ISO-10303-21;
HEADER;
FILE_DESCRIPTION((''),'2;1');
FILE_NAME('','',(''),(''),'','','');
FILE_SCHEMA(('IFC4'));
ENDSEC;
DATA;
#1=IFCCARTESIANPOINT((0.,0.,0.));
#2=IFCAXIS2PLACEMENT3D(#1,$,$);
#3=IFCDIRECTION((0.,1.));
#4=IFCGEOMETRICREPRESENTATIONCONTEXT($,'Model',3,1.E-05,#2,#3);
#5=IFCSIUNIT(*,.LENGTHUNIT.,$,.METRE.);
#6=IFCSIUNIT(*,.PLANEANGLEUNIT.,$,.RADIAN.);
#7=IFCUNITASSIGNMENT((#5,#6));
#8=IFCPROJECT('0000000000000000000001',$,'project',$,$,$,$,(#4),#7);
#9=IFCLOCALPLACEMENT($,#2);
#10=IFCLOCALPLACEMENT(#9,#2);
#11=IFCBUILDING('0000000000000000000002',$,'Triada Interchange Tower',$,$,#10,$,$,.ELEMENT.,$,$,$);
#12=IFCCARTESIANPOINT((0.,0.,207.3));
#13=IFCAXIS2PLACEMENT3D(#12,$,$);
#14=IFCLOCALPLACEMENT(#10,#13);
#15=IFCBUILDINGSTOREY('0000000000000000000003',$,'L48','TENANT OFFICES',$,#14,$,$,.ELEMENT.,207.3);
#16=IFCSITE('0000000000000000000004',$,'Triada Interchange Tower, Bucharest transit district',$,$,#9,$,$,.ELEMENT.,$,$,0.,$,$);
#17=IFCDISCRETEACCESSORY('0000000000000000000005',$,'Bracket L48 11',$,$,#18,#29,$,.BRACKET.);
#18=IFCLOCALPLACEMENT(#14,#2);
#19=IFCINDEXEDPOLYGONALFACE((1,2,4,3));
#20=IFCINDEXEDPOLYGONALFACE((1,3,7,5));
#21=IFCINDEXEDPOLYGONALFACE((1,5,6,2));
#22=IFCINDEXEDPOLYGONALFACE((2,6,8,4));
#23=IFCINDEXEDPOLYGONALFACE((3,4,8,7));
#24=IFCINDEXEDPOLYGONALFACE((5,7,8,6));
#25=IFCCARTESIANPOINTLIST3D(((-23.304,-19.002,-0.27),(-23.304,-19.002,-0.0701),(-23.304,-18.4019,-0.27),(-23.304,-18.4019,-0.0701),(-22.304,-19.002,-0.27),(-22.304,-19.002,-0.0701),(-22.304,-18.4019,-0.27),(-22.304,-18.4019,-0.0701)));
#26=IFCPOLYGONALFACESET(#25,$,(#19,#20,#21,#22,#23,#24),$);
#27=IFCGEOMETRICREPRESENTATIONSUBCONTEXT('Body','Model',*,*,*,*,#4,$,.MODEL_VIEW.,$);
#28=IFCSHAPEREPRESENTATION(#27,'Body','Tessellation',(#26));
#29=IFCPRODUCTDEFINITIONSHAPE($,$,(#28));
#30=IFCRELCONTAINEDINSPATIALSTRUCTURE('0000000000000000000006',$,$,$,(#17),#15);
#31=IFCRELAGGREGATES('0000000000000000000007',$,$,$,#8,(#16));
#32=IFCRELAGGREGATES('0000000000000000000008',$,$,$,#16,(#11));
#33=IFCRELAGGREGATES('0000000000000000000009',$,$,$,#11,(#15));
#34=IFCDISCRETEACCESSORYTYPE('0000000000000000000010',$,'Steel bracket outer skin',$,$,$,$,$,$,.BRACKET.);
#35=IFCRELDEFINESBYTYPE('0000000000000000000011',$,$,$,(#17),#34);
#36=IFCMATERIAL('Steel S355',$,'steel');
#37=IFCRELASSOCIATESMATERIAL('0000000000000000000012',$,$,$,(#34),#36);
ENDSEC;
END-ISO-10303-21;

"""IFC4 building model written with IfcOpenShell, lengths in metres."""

from ifc_helpers import new_model, si_unit, direction, frame, origin, origin_2d, place, context, subcontext, project, spatial, rectangle, extrude, material, type_object, element, save


model = new_model("IFC4")

# Units and contexts
model_context = context("Model", 3, precision=1e-05, world=origin(), true_north=direction((0.0, 1.0)))
body_context = subcontext(model_context, "Body", "Model", "MODEL_VIEW")
ifc_project = project(units=[si_unit("LENGTHUNIT", "METRE"), si_unit("PLANEANGLEUNIT", "RADIAN")], contexts=[model_context])

# Site, building, storey
site_placement = place(None, origin())
site = spatial("IfcSite", under=ifc_project, at=site_placement, Name="Triada Interchange Tower, Bucharest transit district", CompositionType="ELEMENT", RefElevation=0.0)
building_placement = place(site_placement, origin())
building = spatial("IfcBuilding", under=site, at=building_placement, Name="Triada Interchange Tower", CompositionType="ELEMENT")
storey_placement = place(building_placement, frame((0.0, 0.0, 207.3)))
storey = spatial("IfcBuildingStorey", under=building, at=storey_placement, Name="L48", Description="TENANT OFFICES", CompositionType="ELEMENT", Elevation=207.3)

# Discrete accessory
ifc_material_1 = material(Name="Steel S355", Category="steel")
discrete_accessory_type = type_object("IfcDiscreteAccessoryType", Name="Steel bracket outer skin", PredefinedType="BRACKET", material=ifc_material_1)
for number, where, z_axis, x_axis, name in (
    (1, (-22.804, -18.7019, -0.27), (0.0, 0.0, 1.0), (0.0, -1.0, 0.0), "Bracket L48 11"),
):
    element("IfcDiscreteAccessory", number, at=place(storey_placement, frame(where, z_axis=z_axis, x_axis=x_axis)), inside=storey, type_object=discrete_accessory_type, Name=name, PredefinedType="BRACKET", context=body_context, shape_type="SweptSolid", body=[
        extrude(rectangle(XDim=0.6001, YDim=1.0, at=origin_2d()), origin(), (0.0, 0.0, 1.0), 0.2),
    ])

save(model, "model.ifc")
